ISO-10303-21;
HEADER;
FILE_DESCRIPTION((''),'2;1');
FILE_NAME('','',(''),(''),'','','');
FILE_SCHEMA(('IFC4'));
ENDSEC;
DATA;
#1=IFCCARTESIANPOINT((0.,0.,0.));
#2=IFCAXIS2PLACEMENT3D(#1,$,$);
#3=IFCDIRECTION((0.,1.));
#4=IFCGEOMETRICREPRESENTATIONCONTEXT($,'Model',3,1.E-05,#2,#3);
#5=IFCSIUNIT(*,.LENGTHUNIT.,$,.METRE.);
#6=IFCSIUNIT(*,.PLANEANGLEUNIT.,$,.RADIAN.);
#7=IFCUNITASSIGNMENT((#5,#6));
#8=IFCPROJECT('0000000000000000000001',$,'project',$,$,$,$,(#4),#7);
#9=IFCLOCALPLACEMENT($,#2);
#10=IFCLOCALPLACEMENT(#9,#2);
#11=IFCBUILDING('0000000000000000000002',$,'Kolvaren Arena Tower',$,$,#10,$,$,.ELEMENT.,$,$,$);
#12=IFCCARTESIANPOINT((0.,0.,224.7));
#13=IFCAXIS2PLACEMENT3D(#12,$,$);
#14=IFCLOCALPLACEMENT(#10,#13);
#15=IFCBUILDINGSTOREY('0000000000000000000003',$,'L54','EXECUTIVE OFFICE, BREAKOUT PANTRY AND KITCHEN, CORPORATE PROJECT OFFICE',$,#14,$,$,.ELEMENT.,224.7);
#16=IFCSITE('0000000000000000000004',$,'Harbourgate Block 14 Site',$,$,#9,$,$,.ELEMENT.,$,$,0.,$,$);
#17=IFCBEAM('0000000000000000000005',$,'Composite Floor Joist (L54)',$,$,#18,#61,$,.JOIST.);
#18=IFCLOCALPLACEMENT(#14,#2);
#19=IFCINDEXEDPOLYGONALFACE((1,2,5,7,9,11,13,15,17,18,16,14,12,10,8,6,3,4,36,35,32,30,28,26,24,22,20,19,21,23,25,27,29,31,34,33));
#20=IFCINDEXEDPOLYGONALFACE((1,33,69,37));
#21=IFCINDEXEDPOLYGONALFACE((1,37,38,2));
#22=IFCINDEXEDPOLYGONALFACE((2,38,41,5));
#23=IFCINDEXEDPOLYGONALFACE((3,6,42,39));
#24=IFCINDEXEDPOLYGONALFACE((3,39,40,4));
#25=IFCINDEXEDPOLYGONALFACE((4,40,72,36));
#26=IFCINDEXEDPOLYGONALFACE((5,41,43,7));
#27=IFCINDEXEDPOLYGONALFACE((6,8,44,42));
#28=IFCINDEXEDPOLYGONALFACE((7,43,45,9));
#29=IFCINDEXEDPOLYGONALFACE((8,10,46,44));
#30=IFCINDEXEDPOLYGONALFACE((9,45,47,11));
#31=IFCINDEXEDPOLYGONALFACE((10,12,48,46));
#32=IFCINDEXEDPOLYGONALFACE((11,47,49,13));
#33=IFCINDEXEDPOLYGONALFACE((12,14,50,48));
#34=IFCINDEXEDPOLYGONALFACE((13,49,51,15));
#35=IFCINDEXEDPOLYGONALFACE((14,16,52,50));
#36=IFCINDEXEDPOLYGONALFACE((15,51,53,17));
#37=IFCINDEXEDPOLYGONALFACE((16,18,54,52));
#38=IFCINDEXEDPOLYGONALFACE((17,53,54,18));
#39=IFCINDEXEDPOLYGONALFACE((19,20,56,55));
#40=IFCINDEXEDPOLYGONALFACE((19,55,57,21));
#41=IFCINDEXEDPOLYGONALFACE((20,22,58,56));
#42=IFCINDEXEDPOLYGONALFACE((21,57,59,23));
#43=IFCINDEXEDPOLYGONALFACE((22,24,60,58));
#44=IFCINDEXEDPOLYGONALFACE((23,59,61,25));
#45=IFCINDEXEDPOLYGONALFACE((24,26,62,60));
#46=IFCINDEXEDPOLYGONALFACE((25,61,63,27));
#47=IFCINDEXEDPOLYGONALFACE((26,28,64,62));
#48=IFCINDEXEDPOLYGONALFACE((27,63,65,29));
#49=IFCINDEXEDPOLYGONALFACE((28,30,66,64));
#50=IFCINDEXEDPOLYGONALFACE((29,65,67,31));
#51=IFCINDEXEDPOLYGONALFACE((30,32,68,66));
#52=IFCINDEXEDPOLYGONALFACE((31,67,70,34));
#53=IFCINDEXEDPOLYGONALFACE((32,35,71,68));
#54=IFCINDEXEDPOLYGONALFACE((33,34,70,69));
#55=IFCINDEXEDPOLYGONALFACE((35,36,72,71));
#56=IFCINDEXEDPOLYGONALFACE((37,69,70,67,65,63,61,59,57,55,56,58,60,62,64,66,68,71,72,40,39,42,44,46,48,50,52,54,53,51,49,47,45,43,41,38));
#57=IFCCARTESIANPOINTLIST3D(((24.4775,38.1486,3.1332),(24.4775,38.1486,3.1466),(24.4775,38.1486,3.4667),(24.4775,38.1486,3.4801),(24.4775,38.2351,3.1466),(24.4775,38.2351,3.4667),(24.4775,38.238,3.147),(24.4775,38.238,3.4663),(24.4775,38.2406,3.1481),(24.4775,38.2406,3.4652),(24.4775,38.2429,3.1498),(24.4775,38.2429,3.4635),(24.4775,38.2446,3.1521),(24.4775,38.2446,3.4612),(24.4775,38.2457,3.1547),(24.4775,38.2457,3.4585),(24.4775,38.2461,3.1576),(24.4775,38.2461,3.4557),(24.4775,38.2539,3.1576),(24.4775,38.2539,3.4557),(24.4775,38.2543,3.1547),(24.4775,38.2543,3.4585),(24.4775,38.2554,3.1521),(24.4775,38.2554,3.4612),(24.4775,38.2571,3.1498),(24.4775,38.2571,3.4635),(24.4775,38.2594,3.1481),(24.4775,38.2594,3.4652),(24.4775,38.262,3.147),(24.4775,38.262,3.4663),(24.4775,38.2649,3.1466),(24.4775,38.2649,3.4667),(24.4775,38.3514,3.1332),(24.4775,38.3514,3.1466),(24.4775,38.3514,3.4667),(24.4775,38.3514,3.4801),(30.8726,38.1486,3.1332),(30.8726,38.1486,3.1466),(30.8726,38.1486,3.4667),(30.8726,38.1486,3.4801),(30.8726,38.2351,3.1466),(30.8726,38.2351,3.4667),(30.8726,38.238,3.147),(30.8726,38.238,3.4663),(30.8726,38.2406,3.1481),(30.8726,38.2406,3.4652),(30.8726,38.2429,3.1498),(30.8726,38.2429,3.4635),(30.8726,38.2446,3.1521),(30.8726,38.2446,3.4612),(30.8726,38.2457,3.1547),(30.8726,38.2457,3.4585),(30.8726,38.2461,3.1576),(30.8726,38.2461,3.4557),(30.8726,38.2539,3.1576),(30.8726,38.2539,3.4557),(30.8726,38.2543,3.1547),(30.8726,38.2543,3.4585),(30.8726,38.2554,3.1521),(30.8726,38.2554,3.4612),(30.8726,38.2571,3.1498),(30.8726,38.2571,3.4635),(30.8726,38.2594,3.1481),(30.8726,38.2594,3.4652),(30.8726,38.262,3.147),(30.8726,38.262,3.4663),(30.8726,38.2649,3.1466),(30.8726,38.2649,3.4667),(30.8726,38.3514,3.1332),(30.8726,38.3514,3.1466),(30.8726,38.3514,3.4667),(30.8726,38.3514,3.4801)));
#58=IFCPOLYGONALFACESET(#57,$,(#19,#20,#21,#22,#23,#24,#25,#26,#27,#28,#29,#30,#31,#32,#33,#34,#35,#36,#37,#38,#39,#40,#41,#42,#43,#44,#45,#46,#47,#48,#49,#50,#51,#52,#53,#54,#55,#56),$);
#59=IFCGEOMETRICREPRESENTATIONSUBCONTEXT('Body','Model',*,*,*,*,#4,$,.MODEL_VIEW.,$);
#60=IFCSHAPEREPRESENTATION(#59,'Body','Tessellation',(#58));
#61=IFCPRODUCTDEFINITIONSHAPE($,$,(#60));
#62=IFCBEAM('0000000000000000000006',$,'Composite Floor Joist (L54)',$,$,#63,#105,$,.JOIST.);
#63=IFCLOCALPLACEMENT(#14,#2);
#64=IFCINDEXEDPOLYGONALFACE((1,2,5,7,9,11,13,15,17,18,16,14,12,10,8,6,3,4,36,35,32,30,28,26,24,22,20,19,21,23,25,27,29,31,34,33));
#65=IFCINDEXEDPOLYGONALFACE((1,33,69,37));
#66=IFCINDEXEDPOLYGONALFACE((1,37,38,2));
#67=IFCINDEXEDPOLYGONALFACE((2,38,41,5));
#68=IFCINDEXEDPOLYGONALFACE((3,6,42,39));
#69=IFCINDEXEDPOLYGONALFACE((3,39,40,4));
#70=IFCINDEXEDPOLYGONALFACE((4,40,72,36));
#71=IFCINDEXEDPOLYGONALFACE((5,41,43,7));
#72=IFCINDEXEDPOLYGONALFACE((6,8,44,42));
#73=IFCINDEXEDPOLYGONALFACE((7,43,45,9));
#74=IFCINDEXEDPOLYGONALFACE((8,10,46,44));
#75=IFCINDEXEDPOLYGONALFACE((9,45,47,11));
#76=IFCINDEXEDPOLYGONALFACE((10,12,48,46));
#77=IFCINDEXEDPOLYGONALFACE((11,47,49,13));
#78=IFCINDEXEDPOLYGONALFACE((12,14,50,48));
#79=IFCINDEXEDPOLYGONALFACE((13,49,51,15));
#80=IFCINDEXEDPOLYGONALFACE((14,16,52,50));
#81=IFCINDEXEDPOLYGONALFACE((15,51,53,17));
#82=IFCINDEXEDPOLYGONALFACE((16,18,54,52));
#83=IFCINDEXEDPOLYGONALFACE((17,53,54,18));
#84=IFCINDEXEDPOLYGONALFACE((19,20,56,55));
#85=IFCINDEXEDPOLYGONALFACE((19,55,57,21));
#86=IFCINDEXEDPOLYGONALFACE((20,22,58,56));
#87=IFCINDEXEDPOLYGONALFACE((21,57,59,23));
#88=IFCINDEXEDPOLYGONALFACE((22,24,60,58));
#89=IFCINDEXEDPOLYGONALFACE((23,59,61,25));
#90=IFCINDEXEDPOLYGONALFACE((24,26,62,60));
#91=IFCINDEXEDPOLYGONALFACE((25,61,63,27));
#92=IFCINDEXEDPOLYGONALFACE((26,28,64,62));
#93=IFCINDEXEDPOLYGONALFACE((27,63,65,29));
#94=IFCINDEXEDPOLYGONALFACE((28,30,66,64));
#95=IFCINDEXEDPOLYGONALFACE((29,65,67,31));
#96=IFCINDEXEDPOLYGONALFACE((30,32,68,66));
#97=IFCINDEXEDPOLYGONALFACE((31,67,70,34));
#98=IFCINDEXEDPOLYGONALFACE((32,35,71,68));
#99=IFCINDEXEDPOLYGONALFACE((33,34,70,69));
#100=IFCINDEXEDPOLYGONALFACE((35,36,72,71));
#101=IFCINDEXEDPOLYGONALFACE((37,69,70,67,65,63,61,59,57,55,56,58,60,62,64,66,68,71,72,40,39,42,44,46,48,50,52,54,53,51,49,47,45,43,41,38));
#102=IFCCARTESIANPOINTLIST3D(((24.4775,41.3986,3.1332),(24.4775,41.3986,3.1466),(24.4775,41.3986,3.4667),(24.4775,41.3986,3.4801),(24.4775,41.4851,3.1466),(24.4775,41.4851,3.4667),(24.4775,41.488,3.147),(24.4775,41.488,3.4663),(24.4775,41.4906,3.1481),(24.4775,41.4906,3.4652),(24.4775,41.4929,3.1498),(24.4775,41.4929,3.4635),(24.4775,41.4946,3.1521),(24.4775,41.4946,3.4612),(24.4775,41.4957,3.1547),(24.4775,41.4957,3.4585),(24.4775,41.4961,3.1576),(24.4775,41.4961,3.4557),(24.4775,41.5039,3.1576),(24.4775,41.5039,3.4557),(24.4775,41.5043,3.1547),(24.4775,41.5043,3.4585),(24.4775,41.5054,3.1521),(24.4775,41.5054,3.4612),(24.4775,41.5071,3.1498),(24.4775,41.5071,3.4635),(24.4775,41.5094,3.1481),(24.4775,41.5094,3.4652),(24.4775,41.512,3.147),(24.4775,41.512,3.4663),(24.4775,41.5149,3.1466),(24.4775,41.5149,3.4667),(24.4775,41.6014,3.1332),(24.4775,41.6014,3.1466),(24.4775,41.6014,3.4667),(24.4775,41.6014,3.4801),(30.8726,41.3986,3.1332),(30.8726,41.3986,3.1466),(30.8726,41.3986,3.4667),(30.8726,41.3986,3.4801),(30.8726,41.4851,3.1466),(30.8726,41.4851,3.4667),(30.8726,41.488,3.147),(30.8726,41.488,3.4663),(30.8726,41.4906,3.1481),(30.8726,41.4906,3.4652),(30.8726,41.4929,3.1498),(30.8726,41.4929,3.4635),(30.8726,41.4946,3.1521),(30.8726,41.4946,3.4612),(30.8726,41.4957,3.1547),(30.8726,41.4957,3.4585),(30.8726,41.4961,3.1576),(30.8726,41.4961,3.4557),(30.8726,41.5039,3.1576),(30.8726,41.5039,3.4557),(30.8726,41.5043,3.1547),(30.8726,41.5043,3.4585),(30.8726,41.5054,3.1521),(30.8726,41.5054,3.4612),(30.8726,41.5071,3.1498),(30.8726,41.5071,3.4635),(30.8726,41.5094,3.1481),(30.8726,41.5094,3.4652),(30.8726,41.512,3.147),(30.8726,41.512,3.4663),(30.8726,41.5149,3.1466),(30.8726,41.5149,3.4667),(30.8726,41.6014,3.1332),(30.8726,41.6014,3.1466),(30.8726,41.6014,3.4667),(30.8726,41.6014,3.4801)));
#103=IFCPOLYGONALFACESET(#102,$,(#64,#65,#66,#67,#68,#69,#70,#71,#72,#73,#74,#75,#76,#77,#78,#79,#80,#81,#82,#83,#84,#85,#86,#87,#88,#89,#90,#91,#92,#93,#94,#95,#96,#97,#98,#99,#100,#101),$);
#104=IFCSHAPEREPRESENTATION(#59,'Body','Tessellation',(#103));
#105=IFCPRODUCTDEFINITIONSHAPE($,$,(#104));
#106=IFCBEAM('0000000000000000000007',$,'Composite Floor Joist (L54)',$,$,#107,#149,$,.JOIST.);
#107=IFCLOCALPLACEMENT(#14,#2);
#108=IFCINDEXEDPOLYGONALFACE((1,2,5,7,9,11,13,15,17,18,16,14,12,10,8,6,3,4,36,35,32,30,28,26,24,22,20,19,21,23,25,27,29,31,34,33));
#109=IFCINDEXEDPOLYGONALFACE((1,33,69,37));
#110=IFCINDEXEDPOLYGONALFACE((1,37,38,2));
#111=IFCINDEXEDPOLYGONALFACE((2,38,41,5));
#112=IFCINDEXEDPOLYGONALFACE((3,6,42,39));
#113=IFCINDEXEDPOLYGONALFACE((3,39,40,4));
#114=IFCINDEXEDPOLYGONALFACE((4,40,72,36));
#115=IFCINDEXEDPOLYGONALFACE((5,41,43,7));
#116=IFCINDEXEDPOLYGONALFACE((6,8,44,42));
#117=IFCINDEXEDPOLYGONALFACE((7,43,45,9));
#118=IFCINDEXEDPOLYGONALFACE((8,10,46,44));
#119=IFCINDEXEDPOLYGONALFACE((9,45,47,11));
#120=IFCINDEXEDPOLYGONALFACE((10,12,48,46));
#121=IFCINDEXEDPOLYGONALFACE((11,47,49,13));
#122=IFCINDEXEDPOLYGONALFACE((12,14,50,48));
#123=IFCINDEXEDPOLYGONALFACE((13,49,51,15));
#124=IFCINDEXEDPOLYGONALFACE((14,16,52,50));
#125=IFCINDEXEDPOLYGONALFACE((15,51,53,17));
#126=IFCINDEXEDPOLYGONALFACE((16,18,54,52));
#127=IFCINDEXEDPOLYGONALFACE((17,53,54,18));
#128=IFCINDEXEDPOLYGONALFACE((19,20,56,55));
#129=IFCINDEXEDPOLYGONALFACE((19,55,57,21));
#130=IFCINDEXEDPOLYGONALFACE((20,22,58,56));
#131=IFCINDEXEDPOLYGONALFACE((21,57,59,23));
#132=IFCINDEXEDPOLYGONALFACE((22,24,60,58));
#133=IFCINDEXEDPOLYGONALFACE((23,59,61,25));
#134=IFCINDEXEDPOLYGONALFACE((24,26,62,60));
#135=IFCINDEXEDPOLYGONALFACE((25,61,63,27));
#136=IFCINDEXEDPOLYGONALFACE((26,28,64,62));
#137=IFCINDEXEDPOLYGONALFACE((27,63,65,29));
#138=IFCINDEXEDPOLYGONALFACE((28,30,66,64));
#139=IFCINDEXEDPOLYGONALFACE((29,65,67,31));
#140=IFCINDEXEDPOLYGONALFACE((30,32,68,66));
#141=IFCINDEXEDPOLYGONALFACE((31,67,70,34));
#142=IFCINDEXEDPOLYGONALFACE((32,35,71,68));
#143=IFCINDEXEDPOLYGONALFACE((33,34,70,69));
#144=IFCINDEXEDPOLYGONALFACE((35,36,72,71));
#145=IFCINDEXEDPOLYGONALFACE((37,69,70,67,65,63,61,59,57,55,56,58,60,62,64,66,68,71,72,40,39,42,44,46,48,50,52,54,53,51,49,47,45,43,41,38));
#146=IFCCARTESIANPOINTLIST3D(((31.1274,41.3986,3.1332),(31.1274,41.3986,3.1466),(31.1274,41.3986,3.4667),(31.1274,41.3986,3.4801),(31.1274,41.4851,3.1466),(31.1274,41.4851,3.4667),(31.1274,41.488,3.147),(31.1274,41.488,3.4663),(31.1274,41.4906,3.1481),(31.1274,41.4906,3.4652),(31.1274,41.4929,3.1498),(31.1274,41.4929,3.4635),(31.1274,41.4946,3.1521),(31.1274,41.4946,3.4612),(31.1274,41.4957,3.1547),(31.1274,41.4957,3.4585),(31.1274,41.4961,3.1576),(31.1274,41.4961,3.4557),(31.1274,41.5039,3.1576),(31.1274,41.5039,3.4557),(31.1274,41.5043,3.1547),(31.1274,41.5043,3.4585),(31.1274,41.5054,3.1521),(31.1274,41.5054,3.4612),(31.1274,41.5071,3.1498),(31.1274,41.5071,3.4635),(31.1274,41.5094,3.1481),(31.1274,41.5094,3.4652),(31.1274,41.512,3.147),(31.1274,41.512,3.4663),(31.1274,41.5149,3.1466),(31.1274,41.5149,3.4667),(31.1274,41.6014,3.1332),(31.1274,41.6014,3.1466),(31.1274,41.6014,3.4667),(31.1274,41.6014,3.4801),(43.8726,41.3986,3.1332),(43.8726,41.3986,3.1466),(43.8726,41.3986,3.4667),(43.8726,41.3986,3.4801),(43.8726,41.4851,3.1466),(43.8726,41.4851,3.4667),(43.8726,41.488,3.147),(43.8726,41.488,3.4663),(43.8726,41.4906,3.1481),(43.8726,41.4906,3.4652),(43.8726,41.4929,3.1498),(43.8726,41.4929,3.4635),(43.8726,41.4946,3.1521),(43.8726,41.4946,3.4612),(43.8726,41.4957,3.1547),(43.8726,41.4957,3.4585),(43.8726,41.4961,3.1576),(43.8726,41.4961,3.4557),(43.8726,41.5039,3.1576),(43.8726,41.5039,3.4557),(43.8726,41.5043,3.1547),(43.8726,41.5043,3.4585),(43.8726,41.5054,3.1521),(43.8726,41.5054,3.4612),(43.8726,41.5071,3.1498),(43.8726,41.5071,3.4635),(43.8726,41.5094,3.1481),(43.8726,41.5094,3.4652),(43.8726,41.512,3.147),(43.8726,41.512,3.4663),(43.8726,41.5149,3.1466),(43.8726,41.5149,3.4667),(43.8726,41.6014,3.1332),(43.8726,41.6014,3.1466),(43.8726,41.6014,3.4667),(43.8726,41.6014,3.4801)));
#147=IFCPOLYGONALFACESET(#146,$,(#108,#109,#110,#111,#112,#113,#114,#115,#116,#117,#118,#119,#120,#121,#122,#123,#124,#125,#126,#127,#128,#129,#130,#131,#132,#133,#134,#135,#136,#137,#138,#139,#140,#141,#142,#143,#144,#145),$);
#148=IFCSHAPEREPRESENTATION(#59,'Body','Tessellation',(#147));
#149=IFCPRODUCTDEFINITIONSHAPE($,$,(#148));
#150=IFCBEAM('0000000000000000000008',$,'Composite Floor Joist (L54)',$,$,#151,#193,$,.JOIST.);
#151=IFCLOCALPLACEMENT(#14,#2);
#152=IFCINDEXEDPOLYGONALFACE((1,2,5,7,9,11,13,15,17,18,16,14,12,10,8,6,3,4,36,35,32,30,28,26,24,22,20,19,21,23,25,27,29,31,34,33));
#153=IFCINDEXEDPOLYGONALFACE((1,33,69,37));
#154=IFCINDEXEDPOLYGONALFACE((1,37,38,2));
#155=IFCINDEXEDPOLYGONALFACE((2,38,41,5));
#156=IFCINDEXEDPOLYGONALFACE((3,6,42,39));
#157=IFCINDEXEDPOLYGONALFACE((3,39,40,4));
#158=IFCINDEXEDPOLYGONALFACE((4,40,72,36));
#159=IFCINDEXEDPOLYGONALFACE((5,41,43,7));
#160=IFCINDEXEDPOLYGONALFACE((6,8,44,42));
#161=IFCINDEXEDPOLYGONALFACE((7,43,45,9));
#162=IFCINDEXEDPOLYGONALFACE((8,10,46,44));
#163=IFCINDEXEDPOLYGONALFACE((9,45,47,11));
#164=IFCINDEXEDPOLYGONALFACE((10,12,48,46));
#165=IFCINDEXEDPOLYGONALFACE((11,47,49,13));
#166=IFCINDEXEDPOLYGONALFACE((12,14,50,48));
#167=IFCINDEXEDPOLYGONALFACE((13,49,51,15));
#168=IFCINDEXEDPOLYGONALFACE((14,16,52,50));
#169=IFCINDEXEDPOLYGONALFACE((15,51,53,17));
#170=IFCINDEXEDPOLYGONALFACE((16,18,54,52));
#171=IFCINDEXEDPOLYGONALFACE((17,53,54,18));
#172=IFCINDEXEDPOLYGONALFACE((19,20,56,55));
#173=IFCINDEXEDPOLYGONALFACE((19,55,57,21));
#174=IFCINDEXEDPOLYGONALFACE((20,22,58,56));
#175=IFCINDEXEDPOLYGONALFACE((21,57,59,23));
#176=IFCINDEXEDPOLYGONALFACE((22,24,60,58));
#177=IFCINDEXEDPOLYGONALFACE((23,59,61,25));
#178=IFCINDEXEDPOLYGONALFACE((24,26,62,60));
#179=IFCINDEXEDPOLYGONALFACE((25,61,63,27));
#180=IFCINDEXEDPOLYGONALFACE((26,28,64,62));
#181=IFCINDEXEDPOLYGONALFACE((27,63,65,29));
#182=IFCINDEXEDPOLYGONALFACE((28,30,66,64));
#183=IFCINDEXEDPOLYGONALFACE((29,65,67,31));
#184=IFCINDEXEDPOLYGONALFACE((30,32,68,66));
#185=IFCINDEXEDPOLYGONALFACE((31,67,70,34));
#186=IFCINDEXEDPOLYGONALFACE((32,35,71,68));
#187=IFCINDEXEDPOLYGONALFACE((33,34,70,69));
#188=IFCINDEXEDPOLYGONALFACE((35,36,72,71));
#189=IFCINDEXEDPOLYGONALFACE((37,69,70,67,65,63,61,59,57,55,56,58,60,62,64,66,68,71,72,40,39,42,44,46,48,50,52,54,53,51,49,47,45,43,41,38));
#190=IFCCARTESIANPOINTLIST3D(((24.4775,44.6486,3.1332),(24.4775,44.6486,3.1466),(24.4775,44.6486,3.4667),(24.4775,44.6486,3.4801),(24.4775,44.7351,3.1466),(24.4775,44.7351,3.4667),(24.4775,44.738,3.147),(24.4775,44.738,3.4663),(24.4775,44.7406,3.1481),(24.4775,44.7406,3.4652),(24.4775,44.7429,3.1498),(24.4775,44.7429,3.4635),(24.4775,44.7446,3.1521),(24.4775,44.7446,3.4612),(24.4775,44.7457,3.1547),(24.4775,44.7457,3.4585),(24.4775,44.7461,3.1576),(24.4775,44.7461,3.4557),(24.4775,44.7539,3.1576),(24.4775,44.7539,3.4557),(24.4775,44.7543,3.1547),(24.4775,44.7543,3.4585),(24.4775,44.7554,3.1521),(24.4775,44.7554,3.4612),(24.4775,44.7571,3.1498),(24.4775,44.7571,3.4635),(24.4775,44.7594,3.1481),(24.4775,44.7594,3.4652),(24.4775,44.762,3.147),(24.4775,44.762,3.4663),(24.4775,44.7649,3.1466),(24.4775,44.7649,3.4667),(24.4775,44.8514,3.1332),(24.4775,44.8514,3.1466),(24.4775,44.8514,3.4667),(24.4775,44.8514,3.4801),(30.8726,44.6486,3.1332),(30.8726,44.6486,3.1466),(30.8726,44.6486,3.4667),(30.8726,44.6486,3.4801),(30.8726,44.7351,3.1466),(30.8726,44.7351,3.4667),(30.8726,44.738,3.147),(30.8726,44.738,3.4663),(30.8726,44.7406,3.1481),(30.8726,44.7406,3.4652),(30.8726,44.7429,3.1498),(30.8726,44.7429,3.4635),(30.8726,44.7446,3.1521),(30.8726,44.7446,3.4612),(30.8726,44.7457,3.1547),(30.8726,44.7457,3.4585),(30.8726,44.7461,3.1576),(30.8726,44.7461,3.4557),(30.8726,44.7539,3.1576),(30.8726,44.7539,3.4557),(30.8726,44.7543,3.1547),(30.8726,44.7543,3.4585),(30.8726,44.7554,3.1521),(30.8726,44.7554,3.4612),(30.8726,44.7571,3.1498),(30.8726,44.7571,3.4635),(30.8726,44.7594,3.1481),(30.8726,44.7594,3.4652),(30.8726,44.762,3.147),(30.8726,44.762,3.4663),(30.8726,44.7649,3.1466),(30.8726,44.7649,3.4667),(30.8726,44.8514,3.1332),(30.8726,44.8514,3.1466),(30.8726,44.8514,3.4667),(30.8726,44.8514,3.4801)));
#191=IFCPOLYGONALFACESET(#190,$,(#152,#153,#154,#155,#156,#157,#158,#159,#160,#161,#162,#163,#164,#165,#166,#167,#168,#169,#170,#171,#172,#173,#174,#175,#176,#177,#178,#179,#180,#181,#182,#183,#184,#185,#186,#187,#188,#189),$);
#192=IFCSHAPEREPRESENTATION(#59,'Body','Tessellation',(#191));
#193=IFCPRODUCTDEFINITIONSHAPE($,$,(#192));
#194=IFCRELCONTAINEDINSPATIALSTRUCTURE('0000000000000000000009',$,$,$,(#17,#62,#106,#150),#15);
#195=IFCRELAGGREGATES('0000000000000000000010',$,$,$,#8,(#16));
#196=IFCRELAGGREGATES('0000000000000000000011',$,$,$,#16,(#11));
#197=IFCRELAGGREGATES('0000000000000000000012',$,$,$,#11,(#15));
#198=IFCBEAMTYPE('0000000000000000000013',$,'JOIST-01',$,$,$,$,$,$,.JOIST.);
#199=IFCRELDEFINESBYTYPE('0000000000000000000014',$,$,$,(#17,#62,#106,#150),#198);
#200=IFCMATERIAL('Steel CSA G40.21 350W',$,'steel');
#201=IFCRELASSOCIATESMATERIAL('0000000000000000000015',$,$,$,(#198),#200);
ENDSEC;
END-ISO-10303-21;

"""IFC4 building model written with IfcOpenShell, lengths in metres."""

from ifc_helpers import new_model, si_unit, direction, frame, origin, origin_2d, place, context, subcontext, project, spatial, i_section, extrude, material, material_profile, profile_set, type_object, element, save


model = new_model("IFC4")

# Units and contexts
model_context = context("Model", 3, precision=1e-05, world=origin(), true_north=direction((0.0, 1.0)))
body_context = subcontext(model_context, "Body", "Model", "MODEL_VIEW")
ifc_project = project(units=[si_unit("LENGTHUNIT", "METRE"), si_unit("PLANEANGLEUNIT", "RADIAN")], contexts=[model_context])

# Site, building, storey
site_placement = place(None, origin())
site = spatial("IfcSite", under=ifc_project, at=site_placement, Name="Harbourgate Block 14 Site", CompositionType="ELEMENT", RefElevation=0.0)
building_placement = place(site_placement, origin())
building = spatial("IfcBuilding", under=site, at=building_placement, Name="Kolvaren Arena Tower", CompositionType="ELEMENT")
storey_placement = place(building_placement, frame((0.0, 0.0, 224.7)))
storey = spatial("IfcBuildingStorey", under=building, at=storey_placement, Name="L54", Description="EXECUTIVE OFFICE, BREAKOUT PANTRY AND KITCHEN, CORPORATE PROJECT OFFICE", CompositionType="ELEMENT", Elevation=224.7)

# Beams
ifc_material_1 = material(Name="Steel CSA G40.21 350W", Category="steel")
ifc_material_profile_1 = material_profile(ifc_material_1, i_section(OverallWidth=0.2029, OverallDepth=0.3469, WebThickness=0.0078, FlangeThickness=0.0134, FilletRadius=0.011, at=origin_2d()), Name="W360x64")
ifc_profile_set_1 = profile_set([ifc_material_profile_1], Name="Steel CSA G40.21 350W")
beam_type_1 = type_object("IfcBeamType", Name="JOIST-01", PredefinedType="JOIST", material=ifc_profile_set_1)
for number, where, z_axis, x_axis, name in (
    (1, (24.4775, 38.25, 3.3066), (1.0, 0.0, 0.0), (0.0, 1.0, 0.0), "Composite Floor Joist (L54)"),
    (2, (24.4775, 41.5, 3.3066), (1.0, 0.0, 0.0), (0.0, 1.0, 0.0), "Composite Floor Joist (L54)"),
):
    element("IfcBeam", number, at=place(storey_placement, frame(where, z_axis=z_axis, x_axis=x_axis)), inside=storey, type_object=beam_type_1, Name=name, PredefinedType="JOIST", context=body_context, shape_type="SweptSolid", body=[
        extrude(i_section(OverallWidth=0.2029, OverallDepth=0.3469, WebThickness=0.0078, FlangeThickness=0.0134, FilletRadius=0.011, at=origin_2d()), origin(), (0.0, 0.0, 1.0), 6.395),
    ])
beam_1_placement = place(storey_placement, frame((31.1274, 41.5, 3.3066), z_axis=(1.0, 0.0, 0.0), x_axis=(0.0, 1.0, 0.0)))
element("IfcBeam", 3, at=beam_1_placement, inside=storey, type_object=beam_type_1, Name="Composite Floor Joist (L54)", PredefinedType="JOIST", context=body_context, shape_type="SweptSolid", body=[
    extrude(i_section(OverallWidth=0.2029, OverallDepth=0.3469, WebThickness=0.0078, FlangeThickness=0.0134, FilletRadius=0.011, at=origin_2d()), origin(), (0.0, 0.0, 1.0), 12.7451),
])
beam_2_placement = place(storey_placement, frame((24.4775, 44.75, 3.3066), z_axis=(1.0, 0.0, 0.0), x_axis=(0.0, 1.0, 0.0)))
element("IfcBeam", 4, at=beam_2_placement, inside=storey, type_object=beam_type_1, Name="Composite Floor Joist (L54)", PredefinedType="JOIST", context=body_context, shape_type="SweptSolid", body=[
    extrude(i_section(OverallWidth=0.2029, OverallDepth=0.3469, WebThickness=0.0078, FlangeThickness=0.0134, FilletRadius=0.011, at=origin_2d()), origin(), (0.0, 0.0, 1.0), 6.395),
])

save(model, "model.ifc")
